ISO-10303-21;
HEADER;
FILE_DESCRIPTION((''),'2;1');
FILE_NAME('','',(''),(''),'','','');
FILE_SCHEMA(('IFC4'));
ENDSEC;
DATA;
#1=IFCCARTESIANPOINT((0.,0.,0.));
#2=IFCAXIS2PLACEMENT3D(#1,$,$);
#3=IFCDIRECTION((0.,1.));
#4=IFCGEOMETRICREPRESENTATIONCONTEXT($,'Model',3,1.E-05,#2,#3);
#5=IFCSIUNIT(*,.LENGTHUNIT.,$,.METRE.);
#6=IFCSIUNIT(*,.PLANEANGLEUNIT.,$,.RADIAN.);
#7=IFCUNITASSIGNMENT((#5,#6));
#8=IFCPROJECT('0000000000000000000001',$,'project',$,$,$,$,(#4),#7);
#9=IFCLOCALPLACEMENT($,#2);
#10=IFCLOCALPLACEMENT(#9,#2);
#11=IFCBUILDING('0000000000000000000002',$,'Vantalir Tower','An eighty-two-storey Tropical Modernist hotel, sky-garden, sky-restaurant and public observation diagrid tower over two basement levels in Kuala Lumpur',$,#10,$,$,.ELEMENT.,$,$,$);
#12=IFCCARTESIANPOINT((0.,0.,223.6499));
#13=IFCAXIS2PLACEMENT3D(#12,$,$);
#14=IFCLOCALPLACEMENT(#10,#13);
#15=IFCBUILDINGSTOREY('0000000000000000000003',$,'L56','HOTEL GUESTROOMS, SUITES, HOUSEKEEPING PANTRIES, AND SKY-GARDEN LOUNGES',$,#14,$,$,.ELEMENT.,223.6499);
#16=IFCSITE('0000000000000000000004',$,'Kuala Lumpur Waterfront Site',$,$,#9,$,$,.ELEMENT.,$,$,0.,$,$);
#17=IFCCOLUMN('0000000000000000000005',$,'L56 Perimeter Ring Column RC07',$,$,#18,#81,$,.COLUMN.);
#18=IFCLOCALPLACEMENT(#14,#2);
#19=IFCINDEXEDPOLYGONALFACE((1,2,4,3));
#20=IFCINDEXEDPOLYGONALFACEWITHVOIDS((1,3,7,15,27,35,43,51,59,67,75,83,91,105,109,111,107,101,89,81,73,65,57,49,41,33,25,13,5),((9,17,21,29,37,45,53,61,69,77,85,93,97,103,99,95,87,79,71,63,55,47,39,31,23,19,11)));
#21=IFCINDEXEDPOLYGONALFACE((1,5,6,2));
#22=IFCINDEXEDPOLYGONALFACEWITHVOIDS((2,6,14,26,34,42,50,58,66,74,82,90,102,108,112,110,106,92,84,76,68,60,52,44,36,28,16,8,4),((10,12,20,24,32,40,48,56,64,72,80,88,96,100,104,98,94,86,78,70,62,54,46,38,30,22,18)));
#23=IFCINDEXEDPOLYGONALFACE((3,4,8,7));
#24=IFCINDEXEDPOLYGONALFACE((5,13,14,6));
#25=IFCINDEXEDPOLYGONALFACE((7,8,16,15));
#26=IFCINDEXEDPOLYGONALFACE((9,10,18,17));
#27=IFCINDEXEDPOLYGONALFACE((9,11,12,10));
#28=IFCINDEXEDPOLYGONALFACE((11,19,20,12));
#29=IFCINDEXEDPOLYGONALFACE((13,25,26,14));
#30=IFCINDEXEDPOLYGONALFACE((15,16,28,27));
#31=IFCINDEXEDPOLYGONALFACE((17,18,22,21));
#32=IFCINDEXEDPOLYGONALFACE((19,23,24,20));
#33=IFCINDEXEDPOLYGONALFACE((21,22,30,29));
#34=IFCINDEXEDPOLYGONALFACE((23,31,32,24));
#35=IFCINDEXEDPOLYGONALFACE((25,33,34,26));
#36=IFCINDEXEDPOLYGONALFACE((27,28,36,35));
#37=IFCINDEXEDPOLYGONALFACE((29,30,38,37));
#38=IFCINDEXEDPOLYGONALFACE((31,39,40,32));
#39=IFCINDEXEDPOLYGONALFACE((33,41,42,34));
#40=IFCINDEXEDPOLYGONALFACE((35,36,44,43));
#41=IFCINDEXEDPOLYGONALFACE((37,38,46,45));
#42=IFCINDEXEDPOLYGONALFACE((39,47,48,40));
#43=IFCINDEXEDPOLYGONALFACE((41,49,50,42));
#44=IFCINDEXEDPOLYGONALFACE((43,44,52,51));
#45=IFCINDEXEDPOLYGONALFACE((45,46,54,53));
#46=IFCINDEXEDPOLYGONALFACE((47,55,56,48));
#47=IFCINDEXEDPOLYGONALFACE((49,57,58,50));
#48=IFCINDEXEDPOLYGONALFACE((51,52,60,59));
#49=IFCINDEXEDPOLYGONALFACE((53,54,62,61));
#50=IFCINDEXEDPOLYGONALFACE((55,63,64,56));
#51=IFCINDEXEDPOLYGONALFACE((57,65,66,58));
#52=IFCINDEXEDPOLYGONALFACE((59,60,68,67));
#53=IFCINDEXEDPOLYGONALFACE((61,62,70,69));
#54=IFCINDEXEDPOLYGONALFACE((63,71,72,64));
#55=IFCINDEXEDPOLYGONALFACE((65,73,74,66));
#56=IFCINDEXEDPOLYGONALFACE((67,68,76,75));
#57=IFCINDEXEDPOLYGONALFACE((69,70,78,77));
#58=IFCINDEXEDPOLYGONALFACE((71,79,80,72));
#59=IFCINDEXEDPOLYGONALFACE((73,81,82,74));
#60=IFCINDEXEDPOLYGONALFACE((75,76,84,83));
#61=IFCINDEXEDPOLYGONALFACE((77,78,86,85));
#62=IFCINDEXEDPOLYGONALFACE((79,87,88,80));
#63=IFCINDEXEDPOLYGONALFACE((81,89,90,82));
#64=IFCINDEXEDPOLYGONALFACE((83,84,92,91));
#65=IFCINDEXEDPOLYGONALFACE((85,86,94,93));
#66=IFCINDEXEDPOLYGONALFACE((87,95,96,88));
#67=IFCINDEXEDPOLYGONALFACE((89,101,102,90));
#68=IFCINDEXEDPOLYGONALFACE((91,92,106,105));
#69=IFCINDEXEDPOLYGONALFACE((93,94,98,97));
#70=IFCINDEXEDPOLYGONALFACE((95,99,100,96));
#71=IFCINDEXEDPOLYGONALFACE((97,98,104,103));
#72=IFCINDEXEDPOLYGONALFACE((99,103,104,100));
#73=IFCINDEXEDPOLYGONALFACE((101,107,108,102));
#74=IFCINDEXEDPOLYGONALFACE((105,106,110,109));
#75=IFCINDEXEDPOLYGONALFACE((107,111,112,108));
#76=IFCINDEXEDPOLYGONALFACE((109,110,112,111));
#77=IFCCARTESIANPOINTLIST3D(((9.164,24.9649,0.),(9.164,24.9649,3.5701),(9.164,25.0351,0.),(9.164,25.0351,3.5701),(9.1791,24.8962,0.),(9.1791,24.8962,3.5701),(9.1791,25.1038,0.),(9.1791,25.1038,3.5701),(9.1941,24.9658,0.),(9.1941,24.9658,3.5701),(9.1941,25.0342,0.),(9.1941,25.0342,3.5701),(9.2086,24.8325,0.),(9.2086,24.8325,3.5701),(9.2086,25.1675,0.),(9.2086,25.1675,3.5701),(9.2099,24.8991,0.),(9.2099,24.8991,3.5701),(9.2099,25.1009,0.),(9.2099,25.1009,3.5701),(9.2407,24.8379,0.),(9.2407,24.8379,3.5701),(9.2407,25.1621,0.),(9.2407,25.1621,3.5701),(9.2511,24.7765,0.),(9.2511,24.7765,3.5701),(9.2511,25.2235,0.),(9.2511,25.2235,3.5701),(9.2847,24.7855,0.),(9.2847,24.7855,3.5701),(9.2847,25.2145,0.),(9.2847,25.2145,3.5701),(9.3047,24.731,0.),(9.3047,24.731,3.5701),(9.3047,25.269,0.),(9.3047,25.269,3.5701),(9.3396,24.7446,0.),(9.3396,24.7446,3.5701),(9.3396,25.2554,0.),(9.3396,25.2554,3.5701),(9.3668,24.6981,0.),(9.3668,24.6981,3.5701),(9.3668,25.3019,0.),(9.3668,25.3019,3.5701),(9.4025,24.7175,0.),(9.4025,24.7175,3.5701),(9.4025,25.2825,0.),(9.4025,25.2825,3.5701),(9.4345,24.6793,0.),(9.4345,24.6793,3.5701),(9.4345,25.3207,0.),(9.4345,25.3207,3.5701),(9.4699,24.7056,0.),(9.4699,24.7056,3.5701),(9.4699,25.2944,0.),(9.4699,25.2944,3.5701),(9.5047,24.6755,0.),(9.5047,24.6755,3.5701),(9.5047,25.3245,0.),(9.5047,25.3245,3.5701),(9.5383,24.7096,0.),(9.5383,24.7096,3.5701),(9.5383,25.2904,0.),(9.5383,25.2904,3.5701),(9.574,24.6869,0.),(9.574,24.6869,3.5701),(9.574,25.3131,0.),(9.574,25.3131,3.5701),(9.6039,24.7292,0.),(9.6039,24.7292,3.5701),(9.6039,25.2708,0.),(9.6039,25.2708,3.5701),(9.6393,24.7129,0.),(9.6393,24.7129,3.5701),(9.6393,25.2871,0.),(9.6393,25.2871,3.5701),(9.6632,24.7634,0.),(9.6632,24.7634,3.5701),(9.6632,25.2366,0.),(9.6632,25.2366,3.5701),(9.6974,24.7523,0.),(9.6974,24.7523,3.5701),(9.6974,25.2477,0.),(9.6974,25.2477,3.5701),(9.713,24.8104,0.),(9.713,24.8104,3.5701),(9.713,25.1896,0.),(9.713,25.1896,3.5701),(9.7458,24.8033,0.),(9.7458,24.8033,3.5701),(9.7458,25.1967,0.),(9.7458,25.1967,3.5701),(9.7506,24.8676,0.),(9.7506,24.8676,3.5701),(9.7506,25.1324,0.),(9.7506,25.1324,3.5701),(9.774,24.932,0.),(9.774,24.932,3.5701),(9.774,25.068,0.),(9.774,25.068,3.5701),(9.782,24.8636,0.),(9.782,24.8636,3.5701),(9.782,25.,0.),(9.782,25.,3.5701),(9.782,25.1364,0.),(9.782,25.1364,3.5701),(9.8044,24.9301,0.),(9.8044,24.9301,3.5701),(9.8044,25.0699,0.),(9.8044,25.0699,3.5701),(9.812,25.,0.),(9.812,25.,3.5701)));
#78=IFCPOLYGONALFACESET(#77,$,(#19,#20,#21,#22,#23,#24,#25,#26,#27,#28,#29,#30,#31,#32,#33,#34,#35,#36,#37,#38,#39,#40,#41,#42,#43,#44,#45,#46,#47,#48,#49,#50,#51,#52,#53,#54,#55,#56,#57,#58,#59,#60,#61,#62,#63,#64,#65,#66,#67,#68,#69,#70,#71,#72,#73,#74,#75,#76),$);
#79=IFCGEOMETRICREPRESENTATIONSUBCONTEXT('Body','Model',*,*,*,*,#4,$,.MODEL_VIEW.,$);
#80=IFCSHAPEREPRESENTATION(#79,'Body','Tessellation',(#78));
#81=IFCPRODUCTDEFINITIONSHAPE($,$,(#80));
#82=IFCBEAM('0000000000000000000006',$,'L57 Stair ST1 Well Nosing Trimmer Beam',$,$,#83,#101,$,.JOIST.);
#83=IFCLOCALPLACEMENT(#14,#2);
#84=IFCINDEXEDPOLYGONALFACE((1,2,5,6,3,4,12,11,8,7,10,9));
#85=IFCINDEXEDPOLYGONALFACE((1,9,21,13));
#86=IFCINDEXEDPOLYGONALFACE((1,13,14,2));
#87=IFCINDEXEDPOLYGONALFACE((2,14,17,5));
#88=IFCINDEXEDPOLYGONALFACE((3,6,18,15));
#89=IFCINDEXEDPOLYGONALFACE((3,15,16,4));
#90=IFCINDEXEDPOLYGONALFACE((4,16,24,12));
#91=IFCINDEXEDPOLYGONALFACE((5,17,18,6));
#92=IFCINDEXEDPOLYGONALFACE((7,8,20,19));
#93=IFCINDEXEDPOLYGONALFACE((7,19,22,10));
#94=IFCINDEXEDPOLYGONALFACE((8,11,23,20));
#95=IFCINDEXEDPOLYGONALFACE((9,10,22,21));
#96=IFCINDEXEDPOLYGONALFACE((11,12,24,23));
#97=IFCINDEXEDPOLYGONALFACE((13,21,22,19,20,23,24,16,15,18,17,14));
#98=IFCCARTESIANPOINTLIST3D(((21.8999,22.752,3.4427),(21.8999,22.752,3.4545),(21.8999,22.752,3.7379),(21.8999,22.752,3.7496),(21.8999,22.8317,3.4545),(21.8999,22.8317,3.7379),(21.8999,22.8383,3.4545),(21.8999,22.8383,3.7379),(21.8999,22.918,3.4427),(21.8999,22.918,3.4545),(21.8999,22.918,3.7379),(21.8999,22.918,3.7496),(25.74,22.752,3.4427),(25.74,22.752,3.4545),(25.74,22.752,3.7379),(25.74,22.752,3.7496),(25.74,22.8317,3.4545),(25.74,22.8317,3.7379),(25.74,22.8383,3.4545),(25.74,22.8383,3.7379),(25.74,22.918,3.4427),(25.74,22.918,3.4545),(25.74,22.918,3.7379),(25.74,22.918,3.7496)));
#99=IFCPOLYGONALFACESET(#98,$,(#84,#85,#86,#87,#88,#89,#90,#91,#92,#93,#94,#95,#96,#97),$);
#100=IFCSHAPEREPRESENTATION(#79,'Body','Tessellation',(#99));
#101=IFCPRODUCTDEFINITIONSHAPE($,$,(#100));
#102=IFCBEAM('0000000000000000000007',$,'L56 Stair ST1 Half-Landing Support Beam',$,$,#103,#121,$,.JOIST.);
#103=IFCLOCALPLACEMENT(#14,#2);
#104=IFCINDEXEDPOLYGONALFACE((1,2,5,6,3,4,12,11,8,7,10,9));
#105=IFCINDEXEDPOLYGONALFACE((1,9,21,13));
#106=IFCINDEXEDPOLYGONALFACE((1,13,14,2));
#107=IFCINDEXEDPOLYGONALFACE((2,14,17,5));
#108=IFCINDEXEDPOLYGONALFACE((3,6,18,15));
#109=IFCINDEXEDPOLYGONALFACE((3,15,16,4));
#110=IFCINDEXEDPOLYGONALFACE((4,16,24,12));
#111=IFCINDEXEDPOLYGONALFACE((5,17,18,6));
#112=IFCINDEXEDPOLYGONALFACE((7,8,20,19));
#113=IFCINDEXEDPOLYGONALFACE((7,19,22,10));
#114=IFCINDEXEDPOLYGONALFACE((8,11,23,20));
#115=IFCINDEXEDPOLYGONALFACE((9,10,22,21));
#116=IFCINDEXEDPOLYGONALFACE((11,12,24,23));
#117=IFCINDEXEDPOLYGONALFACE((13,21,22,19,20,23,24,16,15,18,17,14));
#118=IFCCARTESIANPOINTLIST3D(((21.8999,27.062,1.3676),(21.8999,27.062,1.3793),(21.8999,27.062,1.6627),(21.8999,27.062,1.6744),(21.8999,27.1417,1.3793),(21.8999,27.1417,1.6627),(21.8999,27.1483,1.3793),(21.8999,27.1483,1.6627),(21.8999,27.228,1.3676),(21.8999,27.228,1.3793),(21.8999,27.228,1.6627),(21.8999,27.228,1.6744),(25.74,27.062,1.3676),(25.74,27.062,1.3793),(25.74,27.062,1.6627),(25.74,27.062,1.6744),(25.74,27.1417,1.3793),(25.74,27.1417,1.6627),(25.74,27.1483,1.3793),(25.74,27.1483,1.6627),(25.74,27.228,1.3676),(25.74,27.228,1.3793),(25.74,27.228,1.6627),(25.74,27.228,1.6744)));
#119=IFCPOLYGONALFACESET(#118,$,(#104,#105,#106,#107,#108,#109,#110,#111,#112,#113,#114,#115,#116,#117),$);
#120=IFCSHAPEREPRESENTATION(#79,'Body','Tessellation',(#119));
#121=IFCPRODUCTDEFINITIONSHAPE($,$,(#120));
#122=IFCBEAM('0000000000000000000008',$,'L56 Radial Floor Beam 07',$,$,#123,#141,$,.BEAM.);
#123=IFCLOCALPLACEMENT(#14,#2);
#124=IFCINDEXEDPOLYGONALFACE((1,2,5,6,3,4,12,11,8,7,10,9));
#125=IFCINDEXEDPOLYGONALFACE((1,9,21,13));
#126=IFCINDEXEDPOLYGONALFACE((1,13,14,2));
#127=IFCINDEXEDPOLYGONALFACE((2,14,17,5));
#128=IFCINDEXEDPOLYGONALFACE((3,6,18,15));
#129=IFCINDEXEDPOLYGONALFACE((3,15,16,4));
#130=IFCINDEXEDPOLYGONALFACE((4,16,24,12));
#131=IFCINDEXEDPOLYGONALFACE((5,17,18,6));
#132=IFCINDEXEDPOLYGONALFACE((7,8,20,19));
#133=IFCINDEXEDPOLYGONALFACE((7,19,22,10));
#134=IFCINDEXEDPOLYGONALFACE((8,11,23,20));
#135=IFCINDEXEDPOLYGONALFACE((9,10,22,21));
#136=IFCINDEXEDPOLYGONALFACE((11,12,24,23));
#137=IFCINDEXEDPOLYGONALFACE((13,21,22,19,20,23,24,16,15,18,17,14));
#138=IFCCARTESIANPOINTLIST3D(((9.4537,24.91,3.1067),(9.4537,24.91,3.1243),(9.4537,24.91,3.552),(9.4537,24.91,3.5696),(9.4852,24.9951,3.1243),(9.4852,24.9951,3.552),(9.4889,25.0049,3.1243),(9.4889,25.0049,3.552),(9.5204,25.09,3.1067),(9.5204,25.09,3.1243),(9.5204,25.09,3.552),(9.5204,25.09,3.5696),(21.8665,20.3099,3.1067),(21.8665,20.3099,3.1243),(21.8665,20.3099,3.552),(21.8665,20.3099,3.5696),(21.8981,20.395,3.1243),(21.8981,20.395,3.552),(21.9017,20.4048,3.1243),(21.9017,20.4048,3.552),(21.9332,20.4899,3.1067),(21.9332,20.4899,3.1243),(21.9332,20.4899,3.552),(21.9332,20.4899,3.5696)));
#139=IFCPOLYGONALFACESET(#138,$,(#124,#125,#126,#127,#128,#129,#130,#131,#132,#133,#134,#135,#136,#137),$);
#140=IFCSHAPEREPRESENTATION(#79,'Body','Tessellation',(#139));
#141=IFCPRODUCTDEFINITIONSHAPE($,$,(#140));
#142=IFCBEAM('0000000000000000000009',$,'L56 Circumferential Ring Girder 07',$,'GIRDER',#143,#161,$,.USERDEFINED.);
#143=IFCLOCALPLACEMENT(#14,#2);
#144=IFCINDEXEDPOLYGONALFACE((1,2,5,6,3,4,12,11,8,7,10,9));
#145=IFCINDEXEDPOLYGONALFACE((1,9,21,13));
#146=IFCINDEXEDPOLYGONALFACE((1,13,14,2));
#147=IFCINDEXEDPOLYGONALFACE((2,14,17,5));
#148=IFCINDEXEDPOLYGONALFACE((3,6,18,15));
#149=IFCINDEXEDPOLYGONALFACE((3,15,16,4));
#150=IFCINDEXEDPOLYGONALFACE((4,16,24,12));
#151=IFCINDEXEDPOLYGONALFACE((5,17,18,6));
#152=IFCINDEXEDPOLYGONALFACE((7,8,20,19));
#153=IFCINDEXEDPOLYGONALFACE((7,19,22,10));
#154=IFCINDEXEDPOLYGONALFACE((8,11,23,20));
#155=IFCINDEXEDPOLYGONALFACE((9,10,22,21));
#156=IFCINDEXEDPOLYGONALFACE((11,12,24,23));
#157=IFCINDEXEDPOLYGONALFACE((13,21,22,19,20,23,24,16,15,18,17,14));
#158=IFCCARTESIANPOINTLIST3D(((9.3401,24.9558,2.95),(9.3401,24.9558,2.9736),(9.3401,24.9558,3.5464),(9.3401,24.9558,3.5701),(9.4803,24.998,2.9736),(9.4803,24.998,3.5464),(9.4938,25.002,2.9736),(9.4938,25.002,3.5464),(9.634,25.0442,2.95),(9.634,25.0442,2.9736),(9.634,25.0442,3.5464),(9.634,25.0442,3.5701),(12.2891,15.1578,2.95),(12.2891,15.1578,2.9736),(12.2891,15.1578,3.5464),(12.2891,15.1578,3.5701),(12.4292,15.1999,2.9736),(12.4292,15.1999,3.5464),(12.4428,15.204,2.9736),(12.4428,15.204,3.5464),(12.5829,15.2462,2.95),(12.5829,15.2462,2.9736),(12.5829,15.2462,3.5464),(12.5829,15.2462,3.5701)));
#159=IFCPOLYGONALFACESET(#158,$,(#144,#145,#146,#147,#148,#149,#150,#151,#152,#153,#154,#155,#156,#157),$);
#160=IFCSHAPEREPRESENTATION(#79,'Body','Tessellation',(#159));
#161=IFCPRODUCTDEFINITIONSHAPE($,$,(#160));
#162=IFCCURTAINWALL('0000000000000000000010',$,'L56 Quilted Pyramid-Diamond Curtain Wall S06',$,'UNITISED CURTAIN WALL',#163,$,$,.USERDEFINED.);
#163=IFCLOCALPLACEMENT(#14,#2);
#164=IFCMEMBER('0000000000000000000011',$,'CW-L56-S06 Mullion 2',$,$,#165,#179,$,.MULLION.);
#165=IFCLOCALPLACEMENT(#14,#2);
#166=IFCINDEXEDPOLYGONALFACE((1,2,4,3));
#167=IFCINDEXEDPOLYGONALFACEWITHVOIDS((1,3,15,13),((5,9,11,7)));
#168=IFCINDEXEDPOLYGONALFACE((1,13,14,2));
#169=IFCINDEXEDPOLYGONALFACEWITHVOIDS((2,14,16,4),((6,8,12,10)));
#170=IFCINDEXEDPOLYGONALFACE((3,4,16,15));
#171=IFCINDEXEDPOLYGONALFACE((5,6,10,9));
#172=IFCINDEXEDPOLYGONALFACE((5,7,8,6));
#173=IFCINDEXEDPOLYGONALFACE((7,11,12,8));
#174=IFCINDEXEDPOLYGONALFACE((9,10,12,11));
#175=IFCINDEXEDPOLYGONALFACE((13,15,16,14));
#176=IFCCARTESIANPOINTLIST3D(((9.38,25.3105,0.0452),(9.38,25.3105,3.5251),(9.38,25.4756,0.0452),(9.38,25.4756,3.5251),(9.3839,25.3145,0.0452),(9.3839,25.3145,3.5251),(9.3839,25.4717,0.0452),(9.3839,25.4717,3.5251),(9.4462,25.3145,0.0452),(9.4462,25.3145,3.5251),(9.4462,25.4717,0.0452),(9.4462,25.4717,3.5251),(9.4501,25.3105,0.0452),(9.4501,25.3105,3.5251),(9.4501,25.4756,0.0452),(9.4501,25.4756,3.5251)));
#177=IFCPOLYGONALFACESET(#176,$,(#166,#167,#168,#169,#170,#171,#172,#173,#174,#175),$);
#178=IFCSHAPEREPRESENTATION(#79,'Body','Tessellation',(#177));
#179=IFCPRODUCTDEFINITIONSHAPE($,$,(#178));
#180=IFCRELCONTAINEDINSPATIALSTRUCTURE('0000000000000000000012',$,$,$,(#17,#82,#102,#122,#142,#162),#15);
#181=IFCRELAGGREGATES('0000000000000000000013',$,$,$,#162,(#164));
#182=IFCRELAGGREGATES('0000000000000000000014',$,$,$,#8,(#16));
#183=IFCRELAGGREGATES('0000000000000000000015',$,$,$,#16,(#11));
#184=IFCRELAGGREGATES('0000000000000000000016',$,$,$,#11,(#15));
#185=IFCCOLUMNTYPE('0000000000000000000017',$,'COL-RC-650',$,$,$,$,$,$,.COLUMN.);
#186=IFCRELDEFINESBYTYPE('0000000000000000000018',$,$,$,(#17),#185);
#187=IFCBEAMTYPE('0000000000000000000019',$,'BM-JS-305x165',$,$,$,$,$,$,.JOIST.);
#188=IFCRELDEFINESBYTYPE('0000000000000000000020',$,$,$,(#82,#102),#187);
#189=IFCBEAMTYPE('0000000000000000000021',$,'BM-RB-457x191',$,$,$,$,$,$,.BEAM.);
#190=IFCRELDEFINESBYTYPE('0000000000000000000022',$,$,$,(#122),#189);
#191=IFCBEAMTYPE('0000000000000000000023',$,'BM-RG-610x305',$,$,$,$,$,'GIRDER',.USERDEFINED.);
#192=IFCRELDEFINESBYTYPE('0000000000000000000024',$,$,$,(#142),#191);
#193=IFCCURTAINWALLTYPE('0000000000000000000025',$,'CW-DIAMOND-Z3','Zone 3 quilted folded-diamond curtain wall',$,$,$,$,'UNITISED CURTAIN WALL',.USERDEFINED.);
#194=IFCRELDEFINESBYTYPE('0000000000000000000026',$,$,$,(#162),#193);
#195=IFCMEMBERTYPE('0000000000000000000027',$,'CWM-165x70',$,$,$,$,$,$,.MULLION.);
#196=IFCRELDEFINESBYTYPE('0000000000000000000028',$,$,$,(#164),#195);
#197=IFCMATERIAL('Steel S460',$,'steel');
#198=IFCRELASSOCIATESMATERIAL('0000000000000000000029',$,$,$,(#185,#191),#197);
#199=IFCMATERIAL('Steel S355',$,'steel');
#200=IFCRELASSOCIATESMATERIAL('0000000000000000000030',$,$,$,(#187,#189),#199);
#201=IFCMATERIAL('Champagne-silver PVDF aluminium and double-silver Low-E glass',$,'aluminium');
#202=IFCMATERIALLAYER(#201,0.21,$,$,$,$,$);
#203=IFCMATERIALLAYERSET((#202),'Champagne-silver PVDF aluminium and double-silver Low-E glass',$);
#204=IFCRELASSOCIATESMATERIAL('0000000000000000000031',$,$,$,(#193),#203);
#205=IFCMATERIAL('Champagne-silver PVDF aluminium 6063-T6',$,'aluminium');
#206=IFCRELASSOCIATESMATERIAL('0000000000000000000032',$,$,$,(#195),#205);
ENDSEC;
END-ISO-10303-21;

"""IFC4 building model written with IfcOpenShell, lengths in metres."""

from ifc_helpers import new_model, si_unit, direction, frame, origin, origin_2d, place, context, subcontext, project, spatial, hollow_rectangle, hollow_circle, i_section, extrude, material, layer, layer_set, material_profile, profile_set, type_object, element, aggregate, save


model = new_model("IFC4")

# Units and contexts
model_context = context("Model", 3, precision=1e-05, world=origin(), true_north=direction((0.0, 1.0)))
body_context = subcontext(model_context, "Body", "Model", "MODEL_VIEW")
ifc_project = project(units=[si_unit("LENGTHUNIT", "METRE"), si_unit("PLANEANGLEUNIT", "RADIAN")], contexts=[model_context])

# Site, building, storey
site_placement = place(None, origin())
site = spatial("IfcSite", under=ifc_project, at=site_placement, Name="Kuala Lumpur Waterfront Site", CompositionType="ELEMENT", RefElevation=0.0)
building_placement = place(site_placement, origin())
building = spatial("IfcBuilding", under=site, at=building_placement, Name="Vantalir Tower", Description="An eighty-two-storey Tropical Modernist hotel, sky-garden, sky-restaurant and public observation diagrid tower over two basement levels in Kuala Lumpur", CompositionType="ELEMENT")
storey_placement = place(building_placement, frame((0.0, 0.0, 223.6499)))
storey = spatial("IfcBuildingStorey", under=building, at=storey_placement, Name="L56", Description="HOTEL GUESTROOMS, SUITES, HOUSEKEEPING PANTRIES, AND SKY-GARDEN LOUNGES", CompositionType="ELEMENT", Elevation=223.6499)

# Column
ifc_material_1 = material(Name="Steel S460", Category="steel")
ifc_material_profile_1 = material_profile(ifc_material_1, hollow_circle(Radius=0.325, WallThickness=0.03, at=origin_2d()), Name="Steel S460")
ifc_profile_set_1 = profile_set([ifc_material_profile_1], Name="Steel S460")
column_type = type_object("IfcColumnType", Name="COL-RC-650", PredefinedType="COLUMN", material=ifc_profile_set_1)
column_placement = place(storey_placement, frame((9.4871, 25.0, 0.0), z_axis=(0.0, 0.0, 1.0), x_axis=(1.0, 0.0, 0.0)))
element("IfcColumn", 1, at=column_placement, inside=storey, type_object=column_type, Name="L56 Perimeter Ring Column RC07", PredefinedType="COLUMN", context=body_context, shape_type="SweptSolid", body=[
    extrude(hollow_circle(Radius=0.325, WallThickness=0.03, at=origin_2d()), origin(), (0.0, 0.0, 1.0), 3.5701),
])

# Beams
ifc_material_2 = material(Name="Steel S355", Category="steel")
ifc_material_profile_2 = material_profile(ifc_material_2, i_section(OverallWidth=0.166, OverallDepth=0.3069, WebThickness=0.0066, FlangeThickness=0.0117, at=origin_2d()), Name="Steel S355")
ifc_profile_set_2 = profile_set([ifc_material_profile_2], Name="Steel S355")
beam_type_1 = type_object("IfcBeamType", Name="BM-JS-305x165", PredefinedType="JOIST", material=ifc_profile_set_2)
for number, where, z_axis, x_axis, name in (
    (2, (21.8999, 22.835, 3.5962), (1.0, 0.0, 0.0), (0.0, 1.0, 0.0), "L57 Stair ST1 Well Nosing Trimmer Beam"),
    (3, (21.8999, 27.145, 1.521), (1.0, 0.0, 0.0), (0.0, 1.0, 0.0), "L56 Stair ST1 Half-Landing Support Beam"),
):
    element("IfcBeam", number, at=place(storey_placement, frame(where, z_axis=z_axis, x_axis=x_axis)), inside=storey, type_object=beam_type_1, Name=name, PredefinedType="JOIST", context=body_context, shape_type="SweptSolid", body=[
        extrude(i_section(OverallWidth=0.166, OverallDepth=0.3069, WebThickness=0.0066, FlangeThickness=0.0117, at=origin_2d()), origin(), (0.0, 0.0, 1.0), 3.8401),
    ])
ifc_material_profile_3 = material_profile(ifc_material_2, i_section(OverallWidth=0.1919, OverallDepth=0.4629, WebThickness=0.0105, FlangeThickness=0.0176, at=origin_2d()), Name="Steel S355")
ifc_profile_set_3 = profile_set([ifc_material_profile_3], Name="Steel S355")
beam_type_2 = type_object("IfcBeamType", Name="BM-RB-457x191", PredefinedType="BEAM", material=ifc_profile_set_3)
beam_1_placement = place(storey_placement, frame((9.4871, 25.0, 3.3381), z_axis=(0.937681, -0.347497, 0.0), x_axis=(0.347497, 0.937681, 0.0)))
element("IfcBeam", 4, at=beam_1_placement, inside=storey, type_object=beam_type_2, Name="L56 Radial Floor Beam 07", PredefinedType="BEAM", context=body_context, shape_type="SweptSolid", body=[
    extrude(i_section(OverallWidth=0.1919, OverallDepth=0.4629, WebThickness=0.0105, FlangeThickness=0.0176, at=origin_2d()), origin(), (0.0, 0.0, 1.0), 13.2378),
])
ifc_material_profile_4 = material_profile(ifc_material_1, i_section(OverallWidth=0.3069, OverallDepth=0.6201, WebThickness=0.0142, FlangeThickness=0.0237, at=origin_2d()), Name="Steel S460")
ifc_profile_set_4 = profile_set([ifc_material_profile_4], Name="Steel S460")
beam_type_3 = type_object("IfcBeamType", Name="BM-RG-610x305", ElementType="GIRDER", PredefinedType="USERDEFINED", material=ifc_profile_set_4)
beam_2_placement = place(storey_placement, frame((9.4871, 25.0, 3.26), z_axis=(0.288204, -0.957569, 0.0), x_axis=(0.957569, 0.288204, 0.0)))
element("IfcBeam", 5, at=beam_2_placement, inside=storey, type_object=beam_type_3, Name="L56 Circumferential Ring Girder 07", ObjectType="GIRDER", PredefinedType="USERDEFINED", context=body_context, shape_type="SweptSolid", body=[
    extrude(i_section(OverallWidth=0.3069, OverallDepth=0.6201, WebThickness=0.0142, FlangeThickness=0.0237, at=origin_2d()), origin(), (0.0, 0.0, 1.0), 10.2322),
])

# Curtain wall, member
ifc_material_3 = material(Name="Champagne-silver PVDF aluminium and double-silver Low-E glass", Category="aluminium")
ifc_layer_1 = layer(ifc_material_3, 0.21)
ifc_layer_set_1 = layer_set([ifc_layer_1], Name="Champagne-silver PVDF aluminium and double-silver Low-E glass")
curtain_wall_type = type_object("IfcCurtainWallType", Name="CW-DIAMOND-Z3", Description="Zone 3 quilted folded-diamond curtain wall", ElementType="UNITISED CURTAIN WALL", PredefinedType="USERDEFINED", material=ifc_layer_set_1)
curtain_wall_1_placement = place(storey_placement, origin())
curtain_wall_1 = element("IfcCurtainWall", 6, at=curtain_wall_1_placement, inside=storey, type_object=curtain_wall_type, Name="L56 Quilted Pyramid-Diamond Curtain Wall S06", ObjectType="UNITISED CURTAIN WALL", PredefinedType="USERDEFINED")
ifc_material_4 = material(Name="Champagne-silver PVDF aluminium 6063-T6", Category="aluminium")
ifc_material_profile_5 = material_profile(ifc_material_4, hollow_rectangle(XDim=0.0701, YDim=0.165, WallThickness=0.0039, at=origin_2d()), Name="Champagne-silver PVDF aluminium 6063-T6")
ifc_profile_set_5 = profile_set([ifc_material_profile_5], Name="Champagne-silver PVDF aluminium 6063-T6")
member_type_1 = type_object("IfcMemberType", Name="CWM-165x70", PredefinedType="MULLION", material=ifc_profile_set_5)
member_1_placement = place(storey_placement, frame((9.415, 25.3931, 0.0452), z_axis=(0.0, 0.0, 1.0), x_axis=(1.0, 0.0, 0.0)))
member_1 = element("IfcMember", 7, at=member_1_placement, type_object=member_type_1, Name="CW-L56-S06 Mullion 2", PredefinedType="MULLION", context=body_context, shape_type="SweptSolid", body=[
    extrude(hollow_rectangle(XDim=0.0701, YDim=0.165, WallThickness=0.0039, at=origin_2d()), origin(), (0.0, 0.0, 1.0), 3.48),
])

aggregate(curtain_wall_1, [member_1])

save(model, "model.ifc")
